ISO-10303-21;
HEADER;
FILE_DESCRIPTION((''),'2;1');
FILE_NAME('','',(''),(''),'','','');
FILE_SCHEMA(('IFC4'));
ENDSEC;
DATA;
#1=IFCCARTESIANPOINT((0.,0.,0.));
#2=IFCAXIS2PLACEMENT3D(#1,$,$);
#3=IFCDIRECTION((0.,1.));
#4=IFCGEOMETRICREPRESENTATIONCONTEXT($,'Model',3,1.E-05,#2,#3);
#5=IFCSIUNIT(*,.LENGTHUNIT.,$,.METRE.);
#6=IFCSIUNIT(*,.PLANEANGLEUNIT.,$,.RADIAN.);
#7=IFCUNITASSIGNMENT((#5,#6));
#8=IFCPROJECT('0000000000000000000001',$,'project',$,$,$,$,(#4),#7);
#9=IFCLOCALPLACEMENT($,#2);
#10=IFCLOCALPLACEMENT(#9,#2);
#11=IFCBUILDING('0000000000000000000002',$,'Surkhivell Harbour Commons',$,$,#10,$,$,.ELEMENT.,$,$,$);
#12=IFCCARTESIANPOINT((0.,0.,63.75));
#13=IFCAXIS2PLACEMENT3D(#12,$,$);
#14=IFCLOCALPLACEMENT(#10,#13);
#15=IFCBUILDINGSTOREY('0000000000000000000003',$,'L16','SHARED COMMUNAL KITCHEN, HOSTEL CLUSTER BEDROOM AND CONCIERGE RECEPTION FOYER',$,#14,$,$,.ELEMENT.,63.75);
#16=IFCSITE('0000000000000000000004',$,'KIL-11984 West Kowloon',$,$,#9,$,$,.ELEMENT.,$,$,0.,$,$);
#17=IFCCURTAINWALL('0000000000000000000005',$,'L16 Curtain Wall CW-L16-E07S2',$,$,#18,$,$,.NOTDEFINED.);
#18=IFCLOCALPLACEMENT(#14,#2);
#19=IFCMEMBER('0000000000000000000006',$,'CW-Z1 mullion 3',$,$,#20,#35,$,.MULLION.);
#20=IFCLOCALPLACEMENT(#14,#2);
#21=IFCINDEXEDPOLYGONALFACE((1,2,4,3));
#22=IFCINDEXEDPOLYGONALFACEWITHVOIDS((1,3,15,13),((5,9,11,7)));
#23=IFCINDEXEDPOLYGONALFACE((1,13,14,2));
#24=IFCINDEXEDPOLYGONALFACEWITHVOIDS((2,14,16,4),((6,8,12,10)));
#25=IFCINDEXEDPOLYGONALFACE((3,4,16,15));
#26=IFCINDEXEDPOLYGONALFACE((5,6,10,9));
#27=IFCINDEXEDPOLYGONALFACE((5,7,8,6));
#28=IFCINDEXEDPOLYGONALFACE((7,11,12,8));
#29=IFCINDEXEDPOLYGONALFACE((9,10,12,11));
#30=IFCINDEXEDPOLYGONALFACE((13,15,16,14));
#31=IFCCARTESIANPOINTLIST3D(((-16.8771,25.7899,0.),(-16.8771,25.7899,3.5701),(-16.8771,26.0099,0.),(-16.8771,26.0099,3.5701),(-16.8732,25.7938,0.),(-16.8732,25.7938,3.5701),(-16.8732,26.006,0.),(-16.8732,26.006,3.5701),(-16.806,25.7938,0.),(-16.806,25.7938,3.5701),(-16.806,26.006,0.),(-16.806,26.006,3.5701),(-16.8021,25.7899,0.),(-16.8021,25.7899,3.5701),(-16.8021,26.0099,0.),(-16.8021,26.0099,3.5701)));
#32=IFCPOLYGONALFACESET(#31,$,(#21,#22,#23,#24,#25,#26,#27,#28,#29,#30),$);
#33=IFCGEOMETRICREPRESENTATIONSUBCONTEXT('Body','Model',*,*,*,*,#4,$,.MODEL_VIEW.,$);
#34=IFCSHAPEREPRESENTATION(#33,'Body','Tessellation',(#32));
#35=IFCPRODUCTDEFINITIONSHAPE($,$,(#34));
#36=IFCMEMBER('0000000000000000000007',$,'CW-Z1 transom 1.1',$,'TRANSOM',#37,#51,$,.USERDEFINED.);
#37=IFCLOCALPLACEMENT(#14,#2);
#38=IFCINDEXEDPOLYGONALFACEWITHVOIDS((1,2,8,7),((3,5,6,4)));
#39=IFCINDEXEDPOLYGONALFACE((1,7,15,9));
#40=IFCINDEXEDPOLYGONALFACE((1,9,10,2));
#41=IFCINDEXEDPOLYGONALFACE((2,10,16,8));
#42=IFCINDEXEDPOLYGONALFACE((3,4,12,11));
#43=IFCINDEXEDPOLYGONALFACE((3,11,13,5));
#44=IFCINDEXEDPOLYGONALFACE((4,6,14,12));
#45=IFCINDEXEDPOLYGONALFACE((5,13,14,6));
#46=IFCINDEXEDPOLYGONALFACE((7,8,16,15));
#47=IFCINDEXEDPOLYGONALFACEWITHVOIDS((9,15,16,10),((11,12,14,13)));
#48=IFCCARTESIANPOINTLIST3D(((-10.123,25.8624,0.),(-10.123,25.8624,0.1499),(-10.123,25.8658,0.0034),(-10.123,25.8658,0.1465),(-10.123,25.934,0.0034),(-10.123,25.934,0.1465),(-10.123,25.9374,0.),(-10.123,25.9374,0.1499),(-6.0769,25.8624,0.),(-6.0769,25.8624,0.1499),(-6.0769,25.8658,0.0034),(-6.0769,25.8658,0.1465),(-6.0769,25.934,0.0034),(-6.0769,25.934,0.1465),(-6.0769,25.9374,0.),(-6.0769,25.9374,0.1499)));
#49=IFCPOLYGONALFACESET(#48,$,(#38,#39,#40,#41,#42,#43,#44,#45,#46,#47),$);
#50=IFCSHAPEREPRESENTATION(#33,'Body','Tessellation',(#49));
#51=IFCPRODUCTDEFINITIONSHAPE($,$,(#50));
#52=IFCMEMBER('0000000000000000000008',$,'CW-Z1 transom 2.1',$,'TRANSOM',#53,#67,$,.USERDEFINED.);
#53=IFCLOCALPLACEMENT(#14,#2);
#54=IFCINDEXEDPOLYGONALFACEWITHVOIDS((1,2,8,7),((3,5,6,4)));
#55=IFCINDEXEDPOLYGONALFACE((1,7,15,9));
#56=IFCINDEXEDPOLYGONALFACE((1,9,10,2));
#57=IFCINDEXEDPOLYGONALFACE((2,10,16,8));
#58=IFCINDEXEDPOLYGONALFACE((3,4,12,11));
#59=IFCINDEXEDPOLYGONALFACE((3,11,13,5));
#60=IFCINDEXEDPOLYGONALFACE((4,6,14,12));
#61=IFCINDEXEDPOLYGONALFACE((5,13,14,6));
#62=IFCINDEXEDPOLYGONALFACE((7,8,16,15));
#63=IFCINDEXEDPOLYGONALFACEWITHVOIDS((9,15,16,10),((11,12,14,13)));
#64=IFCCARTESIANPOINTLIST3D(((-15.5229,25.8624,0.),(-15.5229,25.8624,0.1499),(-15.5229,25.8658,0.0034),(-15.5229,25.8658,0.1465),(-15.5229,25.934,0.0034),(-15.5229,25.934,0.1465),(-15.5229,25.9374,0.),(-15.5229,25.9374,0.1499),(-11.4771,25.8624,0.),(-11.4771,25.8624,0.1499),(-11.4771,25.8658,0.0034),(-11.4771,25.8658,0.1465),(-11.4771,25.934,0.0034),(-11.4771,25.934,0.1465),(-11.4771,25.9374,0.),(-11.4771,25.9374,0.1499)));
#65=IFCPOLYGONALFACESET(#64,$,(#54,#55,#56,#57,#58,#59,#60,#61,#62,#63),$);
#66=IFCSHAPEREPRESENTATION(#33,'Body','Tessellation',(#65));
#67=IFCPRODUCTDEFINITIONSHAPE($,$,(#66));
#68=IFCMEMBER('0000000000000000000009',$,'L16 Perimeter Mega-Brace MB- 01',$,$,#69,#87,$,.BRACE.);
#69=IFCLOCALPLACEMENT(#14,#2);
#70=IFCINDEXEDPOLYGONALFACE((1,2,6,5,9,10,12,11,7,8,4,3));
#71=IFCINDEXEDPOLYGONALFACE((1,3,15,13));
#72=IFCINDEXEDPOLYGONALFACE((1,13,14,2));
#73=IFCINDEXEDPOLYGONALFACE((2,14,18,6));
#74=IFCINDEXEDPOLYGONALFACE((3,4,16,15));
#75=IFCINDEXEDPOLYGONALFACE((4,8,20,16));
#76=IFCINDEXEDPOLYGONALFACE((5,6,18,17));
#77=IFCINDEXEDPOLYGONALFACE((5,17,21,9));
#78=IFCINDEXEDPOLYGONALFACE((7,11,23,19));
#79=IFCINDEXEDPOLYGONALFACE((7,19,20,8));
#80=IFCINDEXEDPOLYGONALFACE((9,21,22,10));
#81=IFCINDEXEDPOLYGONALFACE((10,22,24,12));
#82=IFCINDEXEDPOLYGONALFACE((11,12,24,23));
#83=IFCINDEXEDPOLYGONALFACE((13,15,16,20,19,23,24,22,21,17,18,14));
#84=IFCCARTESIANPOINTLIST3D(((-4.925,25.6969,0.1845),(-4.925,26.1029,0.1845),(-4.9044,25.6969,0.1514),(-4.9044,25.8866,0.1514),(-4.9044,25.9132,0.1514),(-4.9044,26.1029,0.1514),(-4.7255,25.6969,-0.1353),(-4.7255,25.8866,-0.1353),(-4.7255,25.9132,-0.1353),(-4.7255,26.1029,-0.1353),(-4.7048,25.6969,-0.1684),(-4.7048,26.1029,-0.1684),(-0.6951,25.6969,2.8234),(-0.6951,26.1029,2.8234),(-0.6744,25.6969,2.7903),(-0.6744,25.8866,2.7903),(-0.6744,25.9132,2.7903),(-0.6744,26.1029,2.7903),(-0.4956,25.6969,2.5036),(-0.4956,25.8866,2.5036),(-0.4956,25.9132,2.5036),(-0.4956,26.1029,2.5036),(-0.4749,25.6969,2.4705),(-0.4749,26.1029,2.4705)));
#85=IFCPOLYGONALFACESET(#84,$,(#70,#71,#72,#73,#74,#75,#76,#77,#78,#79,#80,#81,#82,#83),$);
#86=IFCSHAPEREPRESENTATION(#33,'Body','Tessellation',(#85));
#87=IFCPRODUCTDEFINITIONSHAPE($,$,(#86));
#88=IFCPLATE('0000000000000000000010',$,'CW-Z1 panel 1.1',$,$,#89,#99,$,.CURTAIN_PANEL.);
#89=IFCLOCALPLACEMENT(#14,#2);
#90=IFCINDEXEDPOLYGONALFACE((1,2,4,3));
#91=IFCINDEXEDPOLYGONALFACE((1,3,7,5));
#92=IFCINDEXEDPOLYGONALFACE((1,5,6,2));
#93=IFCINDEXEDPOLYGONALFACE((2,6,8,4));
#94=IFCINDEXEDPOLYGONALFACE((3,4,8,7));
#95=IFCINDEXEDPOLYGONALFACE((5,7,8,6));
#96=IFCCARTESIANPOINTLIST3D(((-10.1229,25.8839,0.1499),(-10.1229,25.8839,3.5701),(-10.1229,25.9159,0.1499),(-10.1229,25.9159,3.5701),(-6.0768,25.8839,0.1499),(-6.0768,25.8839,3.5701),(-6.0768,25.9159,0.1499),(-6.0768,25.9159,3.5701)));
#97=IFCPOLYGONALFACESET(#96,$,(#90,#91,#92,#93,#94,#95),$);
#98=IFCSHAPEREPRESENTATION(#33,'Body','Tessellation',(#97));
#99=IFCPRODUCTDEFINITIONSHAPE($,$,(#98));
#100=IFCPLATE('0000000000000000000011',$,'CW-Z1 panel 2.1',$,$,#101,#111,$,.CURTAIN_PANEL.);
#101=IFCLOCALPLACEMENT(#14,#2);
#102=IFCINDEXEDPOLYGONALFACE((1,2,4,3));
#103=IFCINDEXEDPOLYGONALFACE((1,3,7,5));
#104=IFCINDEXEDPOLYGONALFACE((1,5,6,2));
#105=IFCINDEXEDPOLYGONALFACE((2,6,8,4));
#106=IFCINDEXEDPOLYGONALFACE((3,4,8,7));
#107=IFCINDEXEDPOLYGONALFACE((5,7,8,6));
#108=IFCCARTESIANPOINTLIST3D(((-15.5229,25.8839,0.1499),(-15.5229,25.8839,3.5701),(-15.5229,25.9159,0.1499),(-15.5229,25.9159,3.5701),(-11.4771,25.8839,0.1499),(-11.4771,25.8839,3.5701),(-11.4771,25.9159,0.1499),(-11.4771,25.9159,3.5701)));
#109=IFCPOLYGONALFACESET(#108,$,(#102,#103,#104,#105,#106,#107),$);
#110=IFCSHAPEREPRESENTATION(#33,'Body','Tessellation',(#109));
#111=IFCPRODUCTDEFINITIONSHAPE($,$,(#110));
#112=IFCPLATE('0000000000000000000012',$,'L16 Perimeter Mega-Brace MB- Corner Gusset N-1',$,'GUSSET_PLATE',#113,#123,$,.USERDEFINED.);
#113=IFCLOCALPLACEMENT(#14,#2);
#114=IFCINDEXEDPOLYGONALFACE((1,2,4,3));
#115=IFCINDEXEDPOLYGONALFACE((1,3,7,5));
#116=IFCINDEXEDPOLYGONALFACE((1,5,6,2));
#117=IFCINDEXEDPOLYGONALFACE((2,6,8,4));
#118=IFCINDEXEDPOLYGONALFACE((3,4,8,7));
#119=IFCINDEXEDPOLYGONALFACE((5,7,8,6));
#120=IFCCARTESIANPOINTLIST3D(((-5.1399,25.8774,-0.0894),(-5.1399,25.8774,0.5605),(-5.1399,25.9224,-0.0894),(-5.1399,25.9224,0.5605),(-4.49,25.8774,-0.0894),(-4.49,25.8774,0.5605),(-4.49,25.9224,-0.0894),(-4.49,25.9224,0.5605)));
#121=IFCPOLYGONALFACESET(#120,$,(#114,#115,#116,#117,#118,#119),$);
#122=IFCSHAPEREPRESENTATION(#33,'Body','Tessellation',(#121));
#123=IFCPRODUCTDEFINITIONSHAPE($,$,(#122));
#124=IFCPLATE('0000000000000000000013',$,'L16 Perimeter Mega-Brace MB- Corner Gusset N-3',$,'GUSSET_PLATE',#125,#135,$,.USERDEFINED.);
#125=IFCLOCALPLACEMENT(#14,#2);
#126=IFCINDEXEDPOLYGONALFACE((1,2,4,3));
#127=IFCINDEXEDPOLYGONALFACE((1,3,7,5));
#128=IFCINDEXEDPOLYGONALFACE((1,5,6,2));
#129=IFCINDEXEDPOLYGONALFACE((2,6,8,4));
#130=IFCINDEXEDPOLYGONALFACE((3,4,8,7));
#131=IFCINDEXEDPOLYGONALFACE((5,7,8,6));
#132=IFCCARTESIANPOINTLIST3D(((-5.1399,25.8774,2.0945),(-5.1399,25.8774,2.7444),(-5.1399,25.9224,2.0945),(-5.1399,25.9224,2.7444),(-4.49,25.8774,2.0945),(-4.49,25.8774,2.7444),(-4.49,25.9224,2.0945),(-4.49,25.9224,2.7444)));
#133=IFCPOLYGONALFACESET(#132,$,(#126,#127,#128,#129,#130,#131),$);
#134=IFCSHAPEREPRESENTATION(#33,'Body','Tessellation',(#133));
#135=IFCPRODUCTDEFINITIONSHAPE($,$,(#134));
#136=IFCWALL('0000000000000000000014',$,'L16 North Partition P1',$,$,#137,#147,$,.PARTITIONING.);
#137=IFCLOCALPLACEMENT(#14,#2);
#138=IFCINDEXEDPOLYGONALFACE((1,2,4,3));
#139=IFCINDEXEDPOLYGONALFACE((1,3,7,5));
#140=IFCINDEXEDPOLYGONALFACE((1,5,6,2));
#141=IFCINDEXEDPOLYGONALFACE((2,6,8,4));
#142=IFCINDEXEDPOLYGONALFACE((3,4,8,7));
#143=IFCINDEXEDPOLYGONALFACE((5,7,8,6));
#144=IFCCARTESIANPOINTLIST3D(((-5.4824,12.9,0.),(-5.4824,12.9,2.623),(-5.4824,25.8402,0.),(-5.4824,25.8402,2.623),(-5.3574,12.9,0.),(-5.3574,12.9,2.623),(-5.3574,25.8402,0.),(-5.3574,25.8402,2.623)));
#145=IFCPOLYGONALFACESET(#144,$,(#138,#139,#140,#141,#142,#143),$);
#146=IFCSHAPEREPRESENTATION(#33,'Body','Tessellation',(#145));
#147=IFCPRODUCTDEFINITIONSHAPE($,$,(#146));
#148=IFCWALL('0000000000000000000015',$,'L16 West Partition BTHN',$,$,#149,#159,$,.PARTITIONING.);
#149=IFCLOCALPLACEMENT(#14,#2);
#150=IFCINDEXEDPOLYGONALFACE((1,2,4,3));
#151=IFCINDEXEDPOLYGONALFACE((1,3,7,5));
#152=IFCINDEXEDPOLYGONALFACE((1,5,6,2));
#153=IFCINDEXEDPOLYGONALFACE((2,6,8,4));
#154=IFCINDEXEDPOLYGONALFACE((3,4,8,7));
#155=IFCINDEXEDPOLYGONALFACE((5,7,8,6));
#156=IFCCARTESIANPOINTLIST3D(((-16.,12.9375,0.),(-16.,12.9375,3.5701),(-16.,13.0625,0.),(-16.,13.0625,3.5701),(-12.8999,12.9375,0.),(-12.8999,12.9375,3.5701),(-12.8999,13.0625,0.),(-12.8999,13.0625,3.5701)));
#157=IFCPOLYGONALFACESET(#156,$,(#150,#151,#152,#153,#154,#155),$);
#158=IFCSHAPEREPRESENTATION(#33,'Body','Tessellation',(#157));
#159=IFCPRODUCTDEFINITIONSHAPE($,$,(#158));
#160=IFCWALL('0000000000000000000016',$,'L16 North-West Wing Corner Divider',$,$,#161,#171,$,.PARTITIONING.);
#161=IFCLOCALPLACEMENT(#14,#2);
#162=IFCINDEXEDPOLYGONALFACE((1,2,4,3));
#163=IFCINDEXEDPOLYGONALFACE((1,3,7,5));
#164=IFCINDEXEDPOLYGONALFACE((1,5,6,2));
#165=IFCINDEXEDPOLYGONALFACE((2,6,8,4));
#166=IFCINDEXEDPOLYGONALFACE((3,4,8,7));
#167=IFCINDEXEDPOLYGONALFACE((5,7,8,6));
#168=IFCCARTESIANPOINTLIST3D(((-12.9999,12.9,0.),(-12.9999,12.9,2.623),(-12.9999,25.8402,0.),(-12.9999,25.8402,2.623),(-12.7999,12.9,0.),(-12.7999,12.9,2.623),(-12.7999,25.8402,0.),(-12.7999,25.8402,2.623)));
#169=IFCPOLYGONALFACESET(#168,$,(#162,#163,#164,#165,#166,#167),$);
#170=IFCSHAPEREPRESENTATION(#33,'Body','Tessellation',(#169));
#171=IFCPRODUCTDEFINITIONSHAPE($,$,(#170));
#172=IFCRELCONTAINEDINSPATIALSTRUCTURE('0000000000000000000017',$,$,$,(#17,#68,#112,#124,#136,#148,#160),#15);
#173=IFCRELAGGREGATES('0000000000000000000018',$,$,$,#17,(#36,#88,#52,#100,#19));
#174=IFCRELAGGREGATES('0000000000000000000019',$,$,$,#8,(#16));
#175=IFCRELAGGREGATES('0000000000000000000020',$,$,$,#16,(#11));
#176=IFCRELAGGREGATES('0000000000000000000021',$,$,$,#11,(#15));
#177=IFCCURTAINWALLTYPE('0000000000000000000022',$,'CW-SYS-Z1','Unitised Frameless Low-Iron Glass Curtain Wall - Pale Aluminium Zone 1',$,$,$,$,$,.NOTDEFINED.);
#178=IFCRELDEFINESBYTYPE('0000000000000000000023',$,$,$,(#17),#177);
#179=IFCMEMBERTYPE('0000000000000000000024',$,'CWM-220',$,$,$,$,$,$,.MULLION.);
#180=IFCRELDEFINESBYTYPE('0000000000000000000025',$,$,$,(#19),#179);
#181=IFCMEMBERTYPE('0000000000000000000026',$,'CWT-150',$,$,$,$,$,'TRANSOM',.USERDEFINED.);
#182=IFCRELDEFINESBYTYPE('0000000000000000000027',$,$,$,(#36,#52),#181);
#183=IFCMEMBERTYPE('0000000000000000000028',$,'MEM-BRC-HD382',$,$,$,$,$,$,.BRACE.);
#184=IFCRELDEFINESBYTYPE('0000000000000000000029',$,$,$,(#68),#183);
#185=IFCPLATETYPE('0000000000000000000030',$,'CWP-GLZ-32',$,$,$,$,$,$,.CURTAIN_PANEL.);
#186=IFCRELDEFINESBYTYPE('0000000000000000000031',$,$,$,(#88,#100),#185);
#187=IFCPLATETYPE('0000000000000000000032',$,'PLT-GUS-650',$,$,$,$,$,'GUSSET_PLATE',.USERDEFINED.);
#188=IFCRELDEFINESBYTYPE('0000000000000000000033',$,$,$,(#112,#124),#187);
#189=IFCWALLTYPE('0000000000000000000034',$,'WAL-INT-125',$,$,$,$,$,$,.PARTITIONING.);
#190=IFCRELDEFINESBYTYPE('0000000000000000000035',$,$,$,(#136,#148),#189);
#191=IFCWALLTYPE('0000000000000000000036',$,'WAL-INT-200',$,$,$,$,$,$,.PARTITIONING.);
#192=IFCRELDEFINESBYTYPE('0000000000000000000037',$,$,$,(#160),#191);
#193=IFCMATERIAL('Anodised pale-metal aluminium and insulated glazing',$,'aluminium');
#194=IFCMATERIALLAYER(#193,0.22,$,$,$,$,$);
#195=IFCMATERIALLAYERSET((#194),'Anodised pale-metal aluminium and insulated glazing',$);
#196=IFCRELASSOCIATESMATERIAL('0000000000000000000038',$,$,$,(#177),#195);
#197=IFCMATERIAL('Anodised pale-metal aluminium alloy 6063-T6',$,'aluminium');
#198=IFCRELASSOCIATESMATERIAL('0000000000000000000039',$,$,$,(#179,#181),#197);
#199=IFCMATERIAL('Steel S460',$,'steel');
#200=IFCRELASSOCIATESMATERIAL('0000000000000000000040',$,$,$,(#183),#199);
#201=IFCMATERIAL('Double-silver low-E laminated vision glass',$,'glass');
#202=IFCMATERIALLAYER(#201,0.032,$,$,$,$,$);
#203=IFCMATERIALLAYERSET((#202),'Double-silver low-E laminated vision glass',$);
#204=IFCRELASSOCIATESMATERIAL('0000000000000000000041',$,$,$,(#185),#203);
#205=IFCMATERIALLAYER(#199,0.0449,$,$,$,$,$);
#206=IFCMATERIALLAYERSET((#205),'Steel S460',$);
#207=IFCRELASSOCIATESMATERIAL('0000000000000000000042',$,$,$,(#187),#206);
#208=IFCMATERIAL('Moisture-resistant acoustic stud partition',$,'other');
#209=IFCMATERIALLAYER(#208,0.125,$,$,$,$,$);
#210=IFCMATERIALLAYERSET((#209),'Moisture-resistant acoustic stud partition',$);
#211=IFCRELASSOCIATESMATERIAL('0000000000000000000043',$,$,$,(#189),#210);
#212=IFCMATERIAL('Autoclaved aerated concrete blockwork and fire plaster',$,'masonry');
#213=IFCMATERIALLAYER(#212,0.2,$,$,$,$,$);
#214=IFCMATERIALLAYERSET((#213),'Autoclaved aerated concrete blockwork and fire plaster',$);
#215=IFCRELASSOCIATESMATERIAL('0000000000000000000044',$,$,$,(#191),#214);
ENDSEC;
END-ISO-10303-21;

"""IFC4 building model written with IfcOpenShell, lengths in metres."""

from ifc_helpers import new_model, si_unit, direction, frame, frame_2d, origin, origin_2d, place, context, subcontext, project, spatial, rectangle, hollow_rectangle, i_section, extrude, material, layer, layer_set, material_profile, profile_set, type_object, element, aggregate, save


model = new_model("IFC4")

# Units and contexts
model_context = context("Model", 3, precision=1e-05, world=origin(), true_north=direction((0.0, 1.0)))
body_context = subcontext(model_context, "Body", "Model", "MODEL_VIEW")
ifc_project = project(units=[si_unit("LENGTHUNIT", "METRE"), si_unit("PLANEANGLEUNIT", "RADIAN")], contexts=[model_context])

# Site, building, storey
site_placement = place(None, origin())
site = spatial("IfcSite", under=ifc_project, at=site_placement, Name="KIL-11984 West Kowloon", CompositionType="ELEMENT", RefElevation=0.0)
building_placement = place(site_placement, origin())
building = spatial("IfcBuilding", under=site, at=building_placement, Name="Surkhivell Harbour Commons", CompositionType="ELEMENT")
storey_placement = place(building_placement, frame((0.0, 0.0, 63.75)))
storey = spatial("IfcBuildingStorey", under=building, at=storey_placement, Name="L16", Description="SHARED COMMUNAL KITCHEN, HOSTEL CLUSTER BEDROOM AND CONCIERGE RECEPTION FOYER", CompositionType="ELEMENT", Elevation=63.75)

# Shared definitions
ifc_material_1 = material(Name="Steel S460", Category="steel")

# Curtain wall, members
ifc_material_2 = material(Name="Anodised pale-metal aluminium and insulated glazing", Category="aluminium")
ifc_layer_1 = layer(ifc_material_2, 0.22)
ifc_layer_set_1 = layer_set([ifc_layer_1], Name="Anodised pale-metal aluminium and insulated glazing")
curtain_wall_type = type_object("IfcCurtainWallType", Name="CW-SYS-Z1", Description="Unitised Frameless Low-Iron Glass Curtain Wall - Pale Aluminium Zone 1", PredefinedType="NOTDEFINED", material=ifc_layer_set_1)
curtain_wall_placement = place(storey_placement, origin())
curtain_wall = element("IfcCurtainWall", 1, at=curtain_wall_placement, inside=storey, type_object=curtain_wall_type, Name="L16 Curtain Wall CW-L16-E07S2", PredefinedType="NOTDEFINED")
ifc_material_3 = material(Name="Anodised pale-metal aluminium alloy 6063-T6", Category="aluminium")
ifc_material_profile_1 = material_profile(ifc_material_3, hollow_rectangle(XDim=0.075, YDim=0.22, WallThickness=0.0039, at=origin_2d()), Name="ALU-MULL-75x220")
ifc_profile_set_1 = profile_set([ifc_material_profile_1], Name="Anodised pale-metal aluminium alloy 6063-T6")
member_type_1 = type_object("IfcMemberType", Name="CWM-220", PredefinedType="MULLION", material=ifc_profile_set_1)
member_1_placement = place(storey_placement, frame((-16.8396, 25.8999, 0.0), z_axis=(0.0, 0.0, 1.0), x_axis=(-1.0, 0.0, 0.0)))
member_1 = element("IfcMember", 2, at=member_1_placement, type_object=member_type_1, Name="CW-Z1 mullion 3", PredefinedType="MULLION", context=body_context, shape_type="SweptSolid", body=[
    extrude(hollow_rectangle(XDim=0.075, YDim=0.22, WallThickness=0.0039, at=origin_2d()), origin(), (0.0, 0.0, 1.0), 3.5701),
])
ifc_material_profile_2 = material_profile(ifc_material_3, hollow_rectangle(XDim=0.075, YDim=0.1499, WallThickness=0.0034, at=origin_2d()), Name="ALU-TRAN-75x150")
ifc_profile_set_2 = profile_set([ifc_material_profile_2], Name="Anodised pale-metal aluminium alloy 6063-T6")
member_type_2 = type_object("IfcMemberType", Name="CWT-150", ElementType="TRANSOM", PredefinedType="USERDEFINED", material=ifc_profile_set_2)
member_2_placement = place(storey_placement, frame((-6.0769, 25.8999, 0.075), z_axis=(-1.0, 0.0, 0.0), x_axis=(0.0, -1.0, 0.0)))
member_2 = element("IfcMember", 3, at=member_2_placement, type_object=member_type_2, Name="CW-Z1 transom 1.1", ObjectType="TRANSOM", PredefinedType="USERDEFINED", context=body_context, shape_type="SweptSolid", body=[
    extrude(hollow_rectangle(XDim=0.075, YDim=0.1499, WallThickness=0.0034, at=origin_2d()), origin(), (0.0, 0.0, 1.0), 4.0461),
])
member_3_placement = place(storey_placement, frame((-11.4771, 25.8999, 0.075), z_axis=(-1.0, 0.0, 0.0), x_axis=(0.0, -1.0, 0.0)))
member_3 = element("IfcMember", 4, at=member_3_placement, type_object=member_type_2, Name="CW-Z1 transom 2.1", ObjectType="TRANSOM", PredefinedType="USERDEFINED", context=body_context, shape_type="SweptSolid", body=[
    extrude(hollow_rectangle(XDim=0.075, YDim=0.1499, WallThickness=0.0034, at=origin_2d()), origin(), (0.0, 0.0, 1.0), 4.0459),
])

# Member
ifc_material_profile_3 = material_profile(ifc_material_1, i_section(OverallWidth=0.406, OverallDepth=0.416, WebThickness=0.0266, FlangeThickness=0.0391, at=origin_2d()), Name="HD400x382")
ifc_profile_set_3 = profile_set([ifc_material_profile_3], Name="Steel S460")
member_type_3 = type_object("IfcMemberType", Name="MEM-BRC-HD382", PredefinedType="BRACE", material=ifc_profile_set_3)
member_4_placement = place(storey_placement, frame((-4.8149, 25.8999, 0.0081), z_axis=(0.848433, 0.0, 0.529303), x_axis=(0.0, 1.0, 0.0)))
element("IfcMember", 5, at=member_4_placement, inside=storey, type_object=member_type_3, Name="L16 Perimeter Mega-Brace MB- 01", PredefinedType="BRACE", context=body_context, shape_type="SweptSolid", body=[
    extrude(i_section(OverallWidth=0.406, OverallDepth=0.416, WebThickness=0.0266, FlangeThickness=0.0391, at=origin_2d()), origin(), (0.0, 0.0, 1.0), 4.9856),
])

# Plates
ifc_material_4 = material(Name="Double-silver low-E laminated vision glass", Category="glass")
ifc_layer_2 = layer(ifc_material_4, 0.032)
ifc_layer_set_2 = layer_set([ifc_layer_2], Name="Double-silver low-E laminated vision glass")
plate_type_1 = type_object("IfcPlateType", Name="CWP-GLZ-32", PredefinedType="CURTAIN_PANEL", material=ifc_layer_set_2)
plate_1_placement = place(storey_placement, frame((-6.0769, 25.8999, 0.1499), z_axis=(0.0, 0.0, 1.0), x_axis=(-1.0, 0.0, 0.0)))
plate_1 = element("IfcPlate", 6, at=plate_1_placement, type_object=plate_type_1, Name="CW-Z1 panel 1.1", PredefinedType="CURTAIN_PANEL", context=body_context, shape_type="SweptSolid", body=[
    extrude(rectangle(XDim=4.0461, YDim=0.032, at=frame_2d((2.0229, 0.0))), origin(), (0.0, 0.0, 1.0), 3.4202),
])
plate_2_placement = place(storey_placement, frame((-11.4771, 25.8999, 0.1499), z_axis=(0.0, 0.0, 1.0), x_axis=(-1.0, 0.0, 0.0)))
plate_2 = element("IfcPlate", 7, at=plate_2_placement, type_object=plate_type_1, Name="CW-Z1 panel 2.1", PredefinedType="CURTAIN_PANEL", context=body_context, shape_type="SweptSolid", body=[
    extrude(rectangle(XDim=4.0459, YDim=0.032, at=frame_2d((2.0229, 0.0))), origin(), (0.0, 0.0, 1.0), 3.4202),
])
aggregate(curtain_wall, [member_2, plate_1, member_3, plate_2, member_1])

# Plates
ifc_layer_3 = layer(ifc_material_1, 0.0449)
ifc_layer_set_3 = layer_set([ifc_layer_3], Name="Steel S460")
plate_type_2 = type_object("IfcPlateType", Name="PLT-GUS-650", ElementType="GUSSET_PLATE", PredefinedType="USERDEFINED", material=ifc_layer_set_3)
for number, where, z_axis, x_axis, name in (
    (8, (-4.8149, 25.8999, -0.0894), (0.0, 0.0, 1.0), (1.0, 0.0, 0.0), "L16 Perimeter Mega-Brace MB- Corner Gusset N-1"),
    (9, (-4.8149, 25.8999, 2.0945), (0.0, 0.0, 1.0), (1.0, 0.0, 0.0), "L16 Perimeter Mega-Brace MB- Corner Gusset N-3"),
):
    element("IfcPlate", number, at=place(storey_placement, frame(where, z_axis=z_axis, x_axis=x_axis)), inside=storey, type_object=plate_type_2, Name=name, ObjectType="GUSSET_PLATE", PredefinedType="USERDEFINED", context=body_context, shape_type="SweptSolid", body=[
        extrude(rectangle(XDim=0.6499, YDim=0.0449, at=origin_2d()), origin(), (0.0, 0.0, 1.0), 0.6499),
    ])

# Walls
ifc_material_5 = material(Name="Moisture-resistant acoustic stud partition", Category="other")
ifc_layer_4 = layer(ifc_material_5, 0.125)
ifc_layer_set_4 = layer_set([ifc_layer_4], Name="Moisture-resistant acoustic stud partition")
wall_type_1 = type_object("IfcWallType", Name="WAL-INT-125", PredefinedType="PARTITIONING", material=ifc_layer_set_4)
wall_1_placement = place(storey_placement, frame((-5.4199, 12.8999, 0.0), z_axis=(0.0, 0.0, 1.0), x_axis=(0.0, 1.0, 0.0)))
element("IfcWall", 10, at=wall_1_placement, inside=storey, type_object=wall_type_1, Name="L16 North Partition P1", PredefinedType="PARTITIONING", context=body_context, shape_type="SweptSolid", body=[
    extrude(rectangle(XDim=12.9402, YDim=0.125, at=frame_2d((6.4702, 0.0))), origin(), (0.0, 0.0, 1.0), 2.623),
])
wall_2_placement = place(storey_placement, frame((-16.0, 13.0, 0.0), z_axis=(0.0, 0.0, 1.0), x_axis=(1.0, 0.0, 0.0)))
element("IfcWall", 11, at=wall_2_placement, inside=storey, type_object=wall_type_1, Name="L16 West Partition BTHN", PredefinedType="PARTITIONING", context=body_context, shape_type="SweptSolid", body=[
    extrude(rectangle(XDim=3.1001, YDim=0.125, at=frame_2d((1.55, 0.0))), origin(), (0.0, 0.0, 1.0), 3.5701),
])
ifc_material_6 = material(Name="Autoclaved aerated concrete blockwork and fire plaster", Category="masonry")
ifc_layer_5 = layer(ifc_material_6, 0.2)
ifc_layer_set_5 = layer_set([ifc_layer_5], Name="Autoclaved aerated concrete blockwork and fire plaster")
wall_type_2 = type_object("IfcWallType", Name="WAL-INT-200", PredefinedType="PARTITIONING", material=ifc_layer_set_5)
wall_3_placement = place(storey_placement, frame((-12.8999, 12.8999, 0.0), z_axis=(0.0, 0.0, 1.0), x_axis=(0.0, 1.0, 0.0)))
element("IfcWall", 12, at=wall_3_placement, inside=storey, type_object=wall_type_2, Name="L16 North-West Wing Corner Divider", PredefinedType="PARTITIONING", context=body_context, shape_type="SweptSolid", body=[
    extrude(rectangle(XDim=12.9402, YDim=0.2, at=frame_2d((6.4702, 0.0))), origin(), (0.0, 0.0, 1.0), 2.623),
])

save(model, "model.ifc")
